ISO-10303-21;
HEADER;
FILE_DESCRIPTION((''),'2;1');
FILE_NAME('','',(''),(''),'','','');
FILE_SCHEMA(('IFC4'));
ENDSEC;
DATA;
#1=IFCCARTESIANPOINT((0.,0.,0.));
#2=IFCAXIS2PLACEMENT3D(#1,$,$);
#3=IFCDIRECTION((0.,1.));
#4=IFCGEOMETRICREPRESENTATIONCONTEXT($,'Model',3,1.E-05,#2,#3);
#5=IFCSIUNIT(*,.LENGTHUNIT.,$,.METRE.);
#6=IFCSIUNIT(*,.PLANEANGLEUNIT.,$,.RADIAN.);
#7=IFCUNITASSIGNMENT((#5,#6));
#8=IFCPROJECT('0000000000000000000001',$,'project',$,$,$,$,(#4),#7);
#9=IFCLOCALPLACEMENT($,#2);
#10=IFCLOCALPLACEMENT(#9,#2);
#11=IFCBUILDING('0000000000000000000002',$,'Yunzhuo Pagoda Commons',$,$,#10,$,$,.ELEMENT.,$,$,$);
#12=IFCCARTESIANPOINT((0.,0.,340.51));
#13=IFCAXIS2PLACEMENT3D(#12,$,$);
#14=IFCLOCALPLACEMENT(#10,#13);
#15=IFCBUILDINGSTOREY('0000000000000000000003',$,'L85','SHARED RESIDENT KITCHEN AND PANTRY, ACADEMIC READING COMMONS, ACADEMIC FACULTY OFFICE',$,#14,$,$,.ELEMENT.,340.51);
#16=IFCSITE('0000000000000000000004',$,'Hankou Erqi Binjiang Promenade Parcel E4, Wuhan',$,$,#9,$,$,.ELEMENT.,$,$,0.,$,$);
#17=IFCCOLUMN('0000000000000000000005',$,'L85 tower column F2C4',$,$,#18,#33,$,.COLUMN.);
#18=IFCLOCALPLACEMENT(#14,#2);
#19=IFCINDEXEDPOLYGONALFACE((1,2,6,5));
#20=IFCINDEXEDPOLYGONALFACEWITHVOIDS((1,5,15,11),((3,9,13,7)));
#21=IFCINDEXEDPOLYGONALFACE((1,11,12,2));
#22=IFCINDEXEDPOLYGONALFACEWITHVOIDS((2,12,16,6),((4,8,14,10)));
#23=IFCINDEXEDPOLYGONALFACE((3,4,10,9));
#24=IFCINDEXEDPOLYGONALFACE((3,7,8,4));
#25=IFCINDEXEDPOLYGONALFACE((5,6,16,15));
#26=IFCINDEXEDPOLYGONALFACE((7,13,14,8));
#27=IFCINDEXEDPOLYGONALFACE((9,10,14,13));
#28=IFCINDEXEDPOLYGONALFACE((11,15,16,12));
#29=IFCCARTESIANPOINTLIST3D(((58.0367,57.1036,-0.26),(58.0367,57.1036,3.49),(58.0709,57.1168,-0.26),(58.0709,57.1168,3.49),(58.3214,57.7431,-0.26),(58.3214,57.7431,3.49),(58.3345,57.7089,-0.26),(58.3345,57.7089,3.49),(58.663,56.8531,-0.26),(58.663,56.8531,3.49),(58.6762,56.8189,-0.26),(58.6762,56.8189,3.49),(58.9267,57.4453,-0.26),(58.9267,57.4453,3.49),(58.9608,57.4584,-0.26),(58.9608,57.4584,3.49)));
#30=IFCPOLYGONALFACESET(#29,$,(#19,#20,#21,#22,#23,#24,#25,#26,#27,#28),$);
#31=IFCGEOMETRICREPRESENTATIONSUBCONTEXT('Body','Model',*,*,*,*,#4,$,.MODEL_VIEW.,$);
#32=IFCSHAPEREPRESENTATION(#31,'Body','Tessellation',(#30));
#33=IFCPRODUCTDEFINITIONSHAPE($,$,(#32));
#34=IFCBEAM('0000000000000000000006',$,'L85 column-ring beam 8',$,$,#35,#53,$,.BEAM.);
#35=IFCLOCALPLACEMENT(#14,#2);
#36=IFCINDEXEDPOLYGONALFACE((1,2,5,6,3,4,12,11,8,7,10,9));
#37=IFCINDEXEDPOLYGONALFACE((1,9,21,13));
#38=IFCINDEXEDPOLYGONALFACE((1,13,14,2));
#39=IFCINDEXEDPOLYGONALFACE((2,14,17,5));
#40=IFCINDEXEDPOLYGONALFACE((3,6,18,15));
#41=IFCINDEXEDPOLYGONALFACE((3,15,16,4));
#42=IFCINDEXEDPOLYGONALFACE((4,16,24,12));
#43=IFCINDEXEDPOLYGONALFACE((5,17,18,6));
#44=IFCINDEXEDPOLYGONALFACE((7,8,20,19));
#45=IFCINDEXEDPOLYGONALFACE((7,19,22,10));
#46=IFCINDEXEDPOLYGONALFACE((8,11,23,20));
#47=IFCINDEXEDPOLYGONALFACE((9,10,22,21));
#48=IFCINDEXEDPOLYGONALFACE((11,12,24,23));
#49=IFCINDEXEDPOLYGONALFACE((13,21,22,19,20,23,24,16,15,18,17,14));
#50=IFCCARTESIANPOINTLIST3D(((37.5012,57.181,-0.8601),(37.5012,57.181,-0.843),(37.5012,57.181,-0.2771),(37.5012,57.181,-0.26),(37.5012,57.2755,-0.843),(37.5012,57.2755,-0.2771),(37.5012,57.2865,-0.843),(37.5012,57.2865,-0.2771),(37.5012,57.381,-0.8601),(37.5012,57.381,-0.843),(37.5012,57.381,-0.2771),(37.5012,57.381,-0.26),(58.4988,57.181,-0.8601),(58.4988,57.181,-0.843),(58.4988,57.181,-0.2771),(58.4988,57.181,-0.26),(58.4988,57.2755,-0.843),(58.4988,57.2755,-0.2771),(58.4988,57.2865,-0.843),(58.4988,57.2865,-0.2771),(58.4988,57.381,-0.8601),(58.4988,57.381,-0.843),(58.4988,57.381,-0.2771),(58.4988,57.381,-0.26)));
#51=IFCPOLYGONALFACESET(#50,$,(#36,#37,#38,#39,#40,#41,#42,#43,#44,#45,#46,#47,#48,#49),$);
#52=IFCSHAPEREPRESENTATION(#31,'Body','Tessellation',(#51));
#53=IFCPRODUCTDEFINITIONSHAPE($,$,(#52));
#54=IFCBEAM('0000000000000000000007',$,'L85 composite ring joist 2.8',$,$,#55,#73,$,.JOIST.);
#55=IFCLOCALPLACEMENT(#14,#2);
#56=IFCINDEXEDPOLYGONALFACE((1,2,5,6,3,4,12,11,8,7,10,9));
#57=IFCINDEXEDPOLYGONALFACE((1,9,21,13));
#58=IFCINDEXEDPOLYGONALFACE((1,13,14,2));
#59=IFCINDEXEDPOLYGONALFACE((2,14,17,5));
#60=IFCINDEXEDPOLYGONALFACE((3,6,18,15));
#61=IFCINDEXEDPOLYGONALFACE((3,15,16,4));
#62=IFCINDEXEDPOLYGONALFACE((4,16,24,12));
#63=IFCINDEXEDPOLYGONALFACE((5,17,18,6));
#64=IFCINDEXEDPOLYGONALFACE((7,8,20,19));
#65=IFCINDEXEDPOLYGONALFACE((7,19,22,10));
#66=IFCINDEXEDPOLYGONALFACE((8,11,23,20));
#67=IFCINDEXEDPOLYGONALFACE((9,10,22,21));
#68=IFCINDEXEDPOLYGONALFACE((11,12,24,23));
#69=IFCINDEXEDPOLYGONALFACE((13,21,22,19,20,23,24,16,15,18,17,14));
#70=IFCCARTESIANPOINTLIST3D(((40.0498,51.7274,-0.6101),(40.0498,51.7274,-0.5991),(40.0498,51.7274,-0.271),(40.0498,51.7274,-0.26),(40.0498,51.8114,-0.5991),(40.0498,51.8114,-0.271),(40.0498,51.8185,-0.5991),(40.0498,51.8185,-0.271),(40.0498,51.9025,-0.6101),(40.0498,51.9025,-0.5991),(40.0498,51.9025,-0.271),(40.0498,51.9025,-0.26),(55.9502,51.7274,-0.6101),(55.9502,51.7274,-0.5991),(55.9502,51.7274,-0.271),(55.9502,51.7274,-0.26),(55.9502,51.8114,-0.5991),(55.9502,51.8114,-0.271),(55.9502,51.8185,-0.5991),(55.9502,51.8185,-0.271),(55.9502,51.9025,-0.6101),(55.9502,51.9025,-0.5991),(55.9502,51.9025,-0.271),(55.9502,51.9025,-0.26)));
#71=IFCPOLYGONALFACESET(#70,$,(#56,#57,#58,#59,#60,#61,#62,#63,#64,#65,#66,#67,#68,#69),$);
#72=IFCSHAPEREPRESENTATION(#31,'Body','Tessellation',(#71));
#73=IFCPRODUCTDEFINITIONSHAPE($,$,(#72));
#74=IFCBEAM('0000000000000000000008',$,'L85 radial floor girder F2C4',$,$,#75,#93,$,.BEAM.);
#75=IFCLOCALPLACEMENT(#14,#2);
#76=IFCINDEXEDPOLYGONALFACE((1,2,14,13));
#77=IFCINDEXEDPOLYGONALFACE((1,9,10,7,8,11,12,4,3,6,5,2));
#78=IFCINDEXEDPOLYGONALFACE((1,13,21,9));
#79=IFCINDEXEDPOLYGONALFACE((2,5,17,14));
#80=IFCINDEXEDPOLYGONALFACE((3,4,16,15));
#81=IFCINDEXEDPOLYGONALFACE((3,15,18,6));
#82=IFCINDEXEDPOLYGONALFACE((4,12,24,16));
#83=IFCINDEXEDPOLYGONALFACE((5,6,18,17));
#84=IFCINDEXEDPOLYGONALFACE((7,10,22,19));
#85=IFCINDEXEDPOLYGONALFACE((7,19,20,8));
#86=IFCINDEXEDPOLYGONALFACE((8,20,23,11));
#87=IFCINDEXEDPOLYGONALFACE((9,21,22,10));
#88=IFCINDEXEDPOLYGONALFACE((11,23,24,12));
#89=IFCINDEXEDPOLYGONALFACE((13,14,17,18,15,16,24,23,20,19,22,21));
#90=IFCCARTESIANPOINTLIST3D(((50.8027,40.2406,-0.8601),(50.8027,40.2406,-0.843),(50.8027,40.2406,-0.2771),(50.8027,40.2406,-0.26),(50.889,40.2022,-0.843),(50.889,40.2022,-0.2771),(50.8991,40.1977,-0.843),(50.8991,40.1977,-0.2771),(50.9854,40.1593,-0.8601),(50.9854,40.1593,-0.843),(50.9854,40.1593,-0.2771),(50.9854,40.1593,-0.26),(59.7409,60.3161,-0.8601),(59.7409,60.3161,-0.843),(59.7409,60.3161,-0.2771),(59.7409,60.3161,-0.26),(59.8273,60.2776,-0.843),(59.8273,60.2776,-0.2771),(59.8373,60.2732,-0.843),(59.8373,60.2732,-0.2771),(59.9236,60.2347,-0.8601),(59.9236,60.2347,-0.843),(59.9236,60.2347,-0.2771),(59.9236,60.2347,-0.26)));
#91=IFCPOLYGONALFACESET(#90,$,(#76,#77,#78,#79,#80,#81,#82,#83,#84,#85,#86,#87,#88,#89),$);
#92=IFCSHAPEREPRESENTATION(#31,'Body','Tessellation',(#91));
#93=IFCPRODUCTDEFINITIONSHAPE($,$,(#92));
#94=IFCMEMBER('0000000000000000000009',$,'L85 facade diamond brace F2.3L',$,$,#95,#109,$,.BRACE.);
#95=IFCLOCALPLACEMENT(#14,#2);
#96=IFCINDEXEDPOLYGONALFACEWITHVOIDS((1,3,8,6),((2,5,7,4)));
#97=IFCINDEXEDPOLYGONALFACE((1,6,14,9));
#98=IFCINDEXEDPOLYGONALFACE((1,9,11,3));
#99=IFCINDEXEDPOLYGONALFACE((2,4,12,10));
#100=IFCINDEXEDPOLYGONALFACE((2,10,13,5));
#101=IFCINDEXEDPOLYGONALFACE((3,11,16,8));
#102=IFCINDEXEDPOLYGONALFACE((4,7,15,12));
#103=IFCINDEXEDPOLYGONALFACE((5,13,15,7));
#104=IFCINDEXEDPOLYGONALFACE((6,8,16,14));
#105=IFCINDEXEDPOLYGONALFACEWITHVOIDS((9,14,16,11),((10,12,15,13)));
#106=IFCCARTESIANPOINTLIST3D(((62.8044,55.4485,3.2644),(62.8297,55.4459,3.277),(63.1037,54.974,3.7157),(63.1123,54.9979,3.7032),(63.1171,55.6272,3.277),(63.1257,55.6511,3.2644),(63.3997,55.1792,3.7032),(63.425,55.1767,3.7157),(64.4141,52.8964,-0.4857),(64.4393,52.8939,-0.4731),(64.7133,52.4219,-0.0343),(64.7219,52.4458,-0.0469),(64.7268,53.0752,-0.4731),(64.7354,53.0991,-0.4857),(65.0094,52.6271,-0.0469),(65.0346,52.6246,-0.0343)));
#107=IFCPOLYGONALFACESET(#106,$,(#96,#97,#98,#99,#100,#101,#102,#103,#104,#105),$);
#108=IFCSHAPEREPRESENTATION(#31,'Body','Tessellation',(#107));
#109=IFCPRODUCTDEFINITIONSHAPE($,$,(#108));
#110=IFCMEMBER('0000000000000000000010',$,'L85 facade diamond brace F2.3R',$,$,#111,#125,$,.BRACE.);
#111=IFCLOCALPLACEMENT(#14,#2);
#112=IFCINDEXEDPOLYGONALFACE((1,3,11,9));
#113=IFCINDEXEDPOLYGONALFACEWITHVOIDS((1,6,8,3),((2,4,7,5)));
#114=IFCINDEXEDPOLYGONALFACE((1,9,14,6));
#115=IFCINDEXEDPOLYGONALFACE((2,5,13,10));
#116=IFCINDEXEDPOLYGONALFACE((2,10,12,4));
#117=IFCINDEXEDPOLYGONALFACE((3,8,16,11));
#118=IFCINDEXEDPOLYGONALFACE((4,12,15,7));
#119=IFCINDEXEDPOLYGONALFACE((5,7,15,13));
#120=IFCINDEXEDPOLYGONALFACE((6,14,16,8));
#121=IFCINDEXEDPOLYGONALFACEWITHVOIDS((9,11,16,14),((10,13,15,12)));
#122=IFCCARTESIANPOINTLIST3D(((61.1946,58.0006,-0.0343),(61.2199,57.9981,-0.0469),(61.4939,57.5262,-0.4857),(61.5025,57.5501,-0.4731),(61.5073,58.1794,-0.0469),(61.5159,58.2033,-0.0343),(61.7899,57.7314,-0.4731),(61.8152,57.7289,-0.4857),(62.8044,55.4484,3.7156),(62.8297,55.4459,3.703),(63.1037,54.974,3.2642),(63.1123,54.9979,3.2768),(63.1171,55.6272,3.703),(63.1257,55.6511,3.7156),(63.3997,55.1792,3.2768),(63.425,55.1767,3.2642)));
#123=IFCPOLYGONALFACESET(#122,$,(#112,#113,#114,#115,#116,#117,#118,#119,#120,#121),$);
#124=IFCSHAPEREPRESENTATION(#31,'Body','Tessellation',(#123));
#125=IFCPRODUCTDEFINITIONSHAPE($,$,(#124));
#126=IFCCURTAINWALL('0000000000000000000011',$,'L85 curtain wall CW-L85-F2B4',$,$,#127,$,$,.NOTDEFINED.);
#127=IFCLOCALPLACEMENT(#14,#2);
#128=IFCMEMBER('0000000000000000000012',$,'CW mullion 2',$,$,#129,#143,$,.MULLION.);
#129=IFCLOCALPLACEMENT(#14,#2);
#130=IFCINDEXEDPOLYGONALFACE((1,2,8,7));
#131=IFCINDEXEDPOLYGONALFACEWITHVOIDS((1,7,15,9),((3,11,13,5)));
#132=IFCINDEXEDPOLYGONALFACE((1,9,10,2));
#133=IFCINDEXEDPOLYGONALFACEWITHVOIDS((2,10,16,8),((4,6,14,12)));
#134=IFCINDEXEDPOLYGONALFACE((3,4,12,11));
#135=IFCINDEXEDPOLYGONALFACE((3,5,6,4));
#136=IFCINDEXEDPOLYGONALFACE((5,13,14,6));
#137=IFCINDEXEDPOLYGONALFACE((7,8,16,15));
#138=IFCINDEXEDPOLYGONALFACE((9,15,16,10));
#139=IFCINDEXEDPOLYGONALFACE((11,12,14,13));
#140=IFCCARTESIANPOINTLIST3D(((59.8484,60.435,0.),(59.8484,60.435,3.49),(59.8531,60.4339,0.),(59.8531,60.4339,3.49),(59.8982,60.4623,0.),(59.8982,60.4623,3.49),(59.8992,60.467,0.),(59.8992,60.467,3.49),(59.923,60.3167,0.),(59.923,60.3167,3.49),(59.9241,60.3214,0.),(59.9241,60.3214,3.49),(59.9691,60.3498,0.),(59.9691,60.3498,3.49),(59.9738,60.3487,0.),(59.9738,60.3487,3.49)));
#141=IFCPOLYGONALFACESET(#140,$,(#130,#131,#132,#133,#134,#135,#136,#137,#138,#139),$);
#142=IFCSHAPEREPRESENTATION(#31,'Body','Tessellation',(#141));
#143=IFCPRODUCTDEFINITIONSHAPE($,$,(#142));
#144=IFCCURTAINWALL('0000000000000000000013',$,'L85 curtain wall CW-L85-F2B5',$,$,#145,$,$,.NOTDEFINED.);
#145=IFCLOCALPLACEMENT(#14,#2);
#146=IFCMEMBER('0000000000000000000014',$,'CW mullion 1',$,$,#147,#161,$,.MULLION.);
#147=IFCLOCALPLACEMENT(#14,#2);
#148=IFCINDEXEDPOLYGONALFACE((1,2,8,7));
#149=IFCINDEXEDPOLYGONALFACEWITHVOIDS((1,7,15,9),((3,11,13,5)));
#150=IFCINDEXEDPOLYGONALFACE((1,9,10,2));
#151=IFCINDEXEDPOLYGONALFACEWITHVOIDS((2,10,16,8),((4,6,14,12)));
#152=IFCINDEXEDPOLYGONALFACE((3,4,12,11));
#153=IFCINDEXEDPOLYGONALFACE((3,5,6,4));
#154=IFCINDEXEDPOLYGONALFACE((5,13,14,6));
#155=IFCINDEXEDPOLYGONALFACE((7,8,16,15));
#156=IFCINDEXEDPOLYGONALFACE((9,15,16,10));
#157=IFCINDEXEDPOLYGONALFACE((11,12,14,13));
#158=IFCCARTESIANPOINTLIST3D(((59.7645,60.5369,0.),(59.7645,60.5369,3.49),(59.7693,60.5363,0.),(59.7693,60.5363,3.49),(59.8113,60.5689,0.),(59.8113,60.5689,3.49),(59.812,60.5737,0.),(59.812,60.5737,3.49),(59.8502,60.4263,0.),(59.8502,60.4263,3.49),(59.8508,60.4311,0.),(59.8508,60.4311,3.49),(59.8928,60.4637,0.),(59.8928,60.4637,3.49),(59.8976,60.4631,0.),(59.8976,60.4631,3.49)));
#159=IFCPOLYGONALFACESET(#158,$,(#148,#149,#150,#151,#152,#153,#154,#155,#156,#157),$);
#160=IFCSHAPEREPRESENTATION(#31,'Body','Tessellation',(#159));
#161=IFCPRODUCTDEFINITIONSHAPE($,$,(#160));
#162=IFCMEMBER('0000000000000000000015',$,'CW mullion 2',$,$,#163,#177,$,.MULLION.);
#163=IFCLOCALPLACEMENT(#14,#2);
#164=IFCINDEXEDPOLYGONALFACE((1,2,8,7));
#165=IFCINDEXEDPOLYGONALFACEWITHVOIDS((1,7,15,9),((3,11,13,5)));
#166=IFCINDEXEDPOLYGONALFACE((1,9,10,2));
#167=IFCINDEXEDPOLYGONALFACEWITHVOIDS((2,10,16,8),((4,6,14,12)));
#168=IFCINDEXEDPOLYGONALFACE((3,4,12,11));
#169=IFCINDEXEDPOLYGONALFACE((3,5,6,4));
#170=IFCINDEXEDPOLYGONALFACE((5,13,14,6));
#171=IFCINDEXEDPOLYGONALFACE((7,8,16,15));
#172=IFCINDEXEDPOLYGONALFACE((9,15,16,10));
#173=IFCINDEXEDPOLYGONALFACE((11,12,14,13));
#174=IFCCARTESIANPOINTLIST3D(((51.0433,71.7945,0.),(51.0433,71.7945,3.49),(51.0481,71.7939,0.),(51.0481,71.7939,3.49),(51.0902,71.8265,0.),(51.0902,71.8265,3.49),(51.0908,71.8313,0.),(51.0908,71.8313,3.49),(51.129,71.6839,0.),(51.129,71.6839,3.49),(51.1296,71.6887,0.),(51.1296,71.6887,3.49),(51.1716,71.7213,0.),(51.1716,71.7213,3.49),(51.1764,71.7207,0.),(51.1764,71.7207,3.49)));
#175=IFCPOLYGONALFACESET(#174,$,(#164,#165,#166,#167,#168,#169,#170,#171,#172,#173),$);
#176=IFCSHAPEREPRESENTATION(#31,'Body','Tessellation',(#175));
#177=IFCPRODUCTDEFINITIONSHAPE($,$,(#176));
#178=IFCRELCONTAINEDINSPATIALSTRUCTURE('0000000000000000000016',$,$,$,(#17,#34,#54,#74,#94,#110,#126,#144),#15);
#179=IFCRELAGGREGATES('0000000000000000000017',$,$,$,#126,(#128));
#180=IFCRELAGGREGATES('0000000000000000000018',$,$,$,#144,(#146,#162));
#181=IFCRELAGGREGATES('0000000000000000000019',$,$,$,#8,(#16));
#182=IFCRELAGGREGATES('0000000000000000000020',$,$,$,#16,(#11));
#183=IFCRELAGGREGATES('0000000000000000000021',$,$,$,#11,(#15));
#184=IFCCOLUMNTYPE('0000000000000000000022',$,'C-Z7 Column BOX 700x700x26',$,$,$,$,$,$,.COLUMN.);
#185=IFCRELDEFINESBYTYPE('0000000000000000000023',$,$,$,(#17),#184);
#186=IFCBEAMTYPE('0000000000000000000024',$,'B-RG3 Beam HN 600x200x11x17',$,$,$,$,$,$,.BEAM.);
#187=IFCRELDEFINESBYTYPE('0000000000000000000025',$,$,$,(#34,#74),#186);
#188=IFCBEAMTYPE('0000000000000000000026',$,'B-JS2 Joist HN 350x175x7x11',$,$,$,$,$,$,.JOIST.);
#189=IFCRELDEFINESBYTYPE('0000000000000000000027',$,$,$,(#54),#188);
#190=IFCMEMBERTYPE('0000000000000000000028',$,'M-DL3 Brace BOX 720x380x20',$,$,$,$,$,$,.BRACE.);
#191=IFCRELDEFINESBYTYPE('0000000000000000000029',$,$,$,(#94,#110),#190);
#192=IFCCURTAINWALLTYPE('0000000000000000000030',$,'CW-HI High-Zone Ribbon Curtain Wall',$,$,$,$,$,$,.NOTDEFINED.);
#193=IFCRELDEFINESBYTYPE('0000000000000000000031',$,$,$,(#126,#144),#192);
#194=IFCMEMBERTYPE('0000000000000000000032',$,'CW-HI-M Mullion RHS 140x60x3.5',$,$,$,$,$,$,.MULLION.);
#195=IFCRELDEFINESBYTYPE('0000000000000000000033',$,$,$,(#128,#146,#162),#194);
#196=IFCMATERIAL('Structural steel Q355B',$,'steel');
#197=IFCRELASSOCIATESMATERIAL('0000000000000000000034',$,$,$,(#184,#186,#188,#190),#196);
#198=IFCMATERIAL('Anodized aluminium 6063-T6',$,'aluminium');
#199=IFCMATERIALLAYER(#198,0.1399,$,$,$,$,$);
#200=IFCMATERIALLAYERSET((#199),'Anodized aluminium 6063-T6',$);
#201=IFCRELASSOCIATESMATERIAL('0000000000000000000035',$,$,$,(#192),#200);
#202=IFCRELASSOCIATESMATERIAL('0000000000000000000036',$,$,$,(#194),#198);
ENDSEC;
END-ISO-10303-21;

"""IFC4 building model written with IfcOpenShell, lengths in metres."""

from ifc_helpers import new_model, si_unit, direction, frame, origin, origin_2d, place, context, subcontext, project, spatial, hollow_rectangle, i_section, extrude, source, transform, mapped, material, layer, layer_set, material_profile, profile_set, type_object, element, aggregate, save


model = new_model("IFC4")

# Units and contexts
model_context = context("Model", 3, precision=1e-05, world=origin(), true_north=direction((0.0, 1.0)))
body_context = subcontext(model_context, "Body", "Model", "MODEL_VIEW")
ifc_project = project(units=[si_unit("LENGTHUNIT", "METRE"), si_unit("PLANEANGLEUNIT", "RADIAN")], contexts=[model_context])

# Site, building, storey
site_placement = place(None, origin())
site = spatial("IfcSite", under=ifc_project, at=site_placement, Name="Hankou Erqi Binjiang Promenade Parcel E4, Wuhan", CompositionType="ELEMENT", RefElevation=0.0)
building_placement = place(site_placement, origin())
building = spatial("IfcBuilding", under=site, at=building_placement, Name="Yunzhuo Pagoda Commons", CompositionType="ELEMENT")
storey_placement = place(building_placement, frame((0.0, 0.0, 340.51)))
storey = spatial("IfcBuildingStorey", under=building, at=storey_placement, Name="L85", Description="SHARED RESIDENT KITCHEN AND PANTRY, ACADEMIC READING COMMONS, ACADEMIC FACULTY OFFICE", CompositionType="ELEMENT", Elevation=340.51)

# Column
ifc_material_1 = material(Name="Structural steel Q355B", Category="steel")
ifc_material_profile_1 = material_profile(ifc_material_1, hollow_rectangle(XDim=0.7, YDim=0.7, WallThickness=0.0259, at=origin_2d()), Name="Structural steel Q355B")
ifc_profile_set_1 = profile_set([ifc_material_profile_1], Name="Structural steel Q355B")
column_type = type_object("IfcColumnType", Name="C-Z7 Column BOX 700x700x26", PredefinedType="COLUMN", material=ifc_profile_set_1)
shared_shape_1 = source(origin(), body_context, "Body", "SweptSolid", [
    extrude(hollow_rectangle(XDim=0.7, YDim=0.7, WallThickness=0.0259, at=origin_2d()), origin(), (0.0, 0.0, 1.0), 3.75),
])
column_placement = place(storey_placement, frame((58.4988, 57.281, -0.26), z_axis=(0.0, 0.0, 1.0), x_axis=(-0.913545, 0.406737, 0.0)))
element("IfcColumn", 1, at=column_placement, inside=storey, type_object=column_type, Name="L85 tower column F2C4", PredefinedType="COLUMN", context=body_context, shape_type="MappedRepresentation", body=[
    mapped(shared_shape_1, transform((0.0, 0.0, 0.0), scale=1.0)),
])

# Beams
ifc_material_profile_2 = material_profile(ifc_material_1, i_section(OverallWidth=0.2, OverallDepth=0.6001, WebThickness=0.011, FlangeThickness=0.0171, at=origin_2d()), Name="Structural steel Q355B")
ifc_profile_set_2 = profile_set([ifc_material_profile_2], Name="Structural steel Q355B")
beam_type_1 = type_object("IfcBeamType", Name="B-RG3 Beam HN 600x200x11x17", PredefinedType="BEAM", material=ifc_profile_set_2)
shared_shape_2 = source(origin(), body_context, "Body", "SweptSolid", [
    extrude(i_section(OverallWidth=0.2, OverallDepth=0.6001, WebThickness=0.011, FlangeThickness=0.0171, at=origin_2d()), origin(), (0.0, 0.0, 1.0), 20.9976),
])
beam_1_placement = place(storey_placement, frame((58.4988, 57.281, -0.5601), z_axis=(-1.0, 0.0, 0.0), x_axis=(0.0, -1.0, 0.0)))
element("IfcBeam", 2, at=beam_1_placement, inside=storey, type_object=beam_type_1, Name="L85 column-ring beam 8", PredefinedType="BEAM", context=body_context, shape_type="MappedRepresentation", body=[
    mapped(shared_shape_2, transform((0.0, 0.0, 0.0), scale=1.0)),
])
ifc_material_profile_3 = material_profile(ifc_material_1, i_section(OverallWidth=0.175, OverallDepth=0.3501, WebThickness=0.0071, FlangeThickness=0.011, at=origin_2d()), Name="Structural steel Q355B")
ifc_profile_set_3 = profile_set([ifc_material_profile_3], Name="Structural steel Q355B")
beam_type_2 = type_object("IfcBeamType", Name="B-JS2 Joist HN 350x175x7x11", PredefinedType="JOIST", material=ifc_profile_set_3)
shared_shape_3 = source(origin(), body_context, "Body", "SweptSolid", [
    extrude(i_section(OverallWidth=0.175, OverallDepth=0.3501, WebThickness=0.0071, FlangeThickness=0.011, at=origin_2d()), origin(), (0.0, 0.0, 1.0), 15.9004),
])
beam_2_placement = place(storey_placement, frame((55.9502, 51.8149, -0.4351), z_axis=(-1.0, 0.0, 0.0), x_axis=(0.0, -1.0, 0.0)))
element("IfcBeam", 3, at=beam_2_placement, inside=storey, type_object=beam_type_2, Name="L85 composite ring joist 2.8", PredefinedType="JOIST", context=body_context, shape_type="MappedRepresentation", body=[
    mapped(shared_shape_3, transform((0.0, 0.0, 0.0), scale=1.0)),
])
shared_shape_4 = source(origin(), body_context, "Body", "SweptSolid", [
    extrude(i_section(OverallWidth=0.2, OverallDepth=0.6001, WebThickness=0.011, FlangeThickness=0.0171, at=origin_2d()), origin(), (0.0, 0.0, 1.0), 21.9753),
])
beam_3_placement = place(storey_placement, frame((59.8323, 60.2754, -0.5601), z_axis=(-0.406739, -0.913544, 0.0), x_axis=(0.913544, -0.406739, 0.0)))
element("IfcBeam", 4, at=beam_3_placement, inside=storey, type_object=beam_type_1, Name="L85 radial floor girder F2C4", PredefinedType="BEAM", context=body_context, shape_type="MappedRepresentation", body=[
    mapped(shared_shape_4, transform((0.0, 0.0, 0.0), scale=1.0)),
])

# Members
ifc_material_profile_4 = material_profile(ifc_material_1, hollow_rectangle(XDim=0.3799, YDim=0.72, WallThickness=0.02, at=origin_2d()), Name="Structural steel Q355B")
ifc_profile_set_4 = profile_set([ifc_material_profile_4], Name="Structural steel Q355B")
member_type_1 = type_object("IfcMemberType", Name="M-DL3 Brace BOX 720x380x20", PredefinedType="BRACE", material=ifc_profile_set_4)
shared_shape_5 = source(origin(), body_context, "Body", "SweptSolid", [
    extrude(hollow_rectangle(XDim=0.3799, YDim=0.72, WallThickness=0.02, at=origin_2d()), origin(), (0.0, 0.0, 1.0), 4.8132),
])
for number, where, z_axis, x_axis, name in (
    (5, (64.7244, 52.7605, -0.26), (-0.334423, 0.530218, 0.779121), (-0.845814, -0.533478, 0.0), "L85 facade diamond brace F2.3L"),
    (6, (61.5049, 57.8647, -0.26), (0.33446, -0.530246, 0.779087), (0.8458, 0.5335, 0.0), "L85 facade diamond brace F2.3R"),
):
    element("IfcMember", number, at=place(storey_placement, frame(where, z_axis=z_axis, x_axis=x_axis)), inside=storey, type_object=member_type_1, Name=name, PredefinedType="BRACE", context=body_context, shape_type="MappedRepresentation", body=[
        mapped(shared_shape_5, transform((0.0, 0.0, 0.0), scale=1.0)),
    ])

# Curtain wall, member
ifc_material_2 = material(Name="Anodized aluminium 6063-T6", Category="aluminium")
ifc_layer_1 = layer(ifc_material_2, 0.1399)
ifc_layer_set_1 = layer_set([ifc_layer_1], Name="Anodized aluminium 6063-T6")
curtain_wall_type = type_object("IfcCurtainWallType", Name="CW-HI High-Zone Ribbon Curtain Wall", PredefinedType="NOTDEFINED", material=ifc_layer_set_1)
curtain_wall_1_placement = place(storey_placement, origin())
curtain_wall_1 = element("IfcCurtainWall", 7, at=curtain_wall_1_placement, inside=storey, type_object=curtain_wall_type, Name="L85 curtain wall CW-L85-F2B4", PredefinedType="NOTDEFINED")
ifc_material_profile_5 = material_profile(ifc_material_2, hollow_rectangle(XDim=0.0601, YDim=0.1399, WallThickness=0.0034, at=origin_2d()), Name="Anodized aluminium 6063-T6")
ifc_profile_set_5 = profile_set([ifc_material_profile_5], Name="Anodized aluminium 6063-T6")
member_type_2 = type_object("IfcMemberType", Name="CW-HI-M Mullion RHS 140x60x3.5", PredefinedType="MULLION", material=ifc_profile_set_5)
shared_shape_6 = source(origin(), body_context, "Body", "SweptSolid", [
    extrude(hollow_rectangle(XDim=0.0601, YDim=0.1399, WallThickness=0.0034, at=origin_2d()), origin(), (0.0, 0.0, 1.0), 3.49),
])
member_1_placement = place(storey_placement, frame((59.9111, 60.3918, 0.0), z_axis=(0.0, 0.0, 1.0), x_axis=(-0.845818, -0.533472, 0.0)))
member_1 = element("IfcMember", 8, at=member_1_placement, type_object=member_type_2, Name="CW mullion 2", PredefinedType="MULLION", context=body_context, shape_type="MappedRepresentation", body=[
    mapped(shared_shape_6, transform((0.0, 0.0, 0.0), scale=1.0)),
])

# Curtain wall, members
curtain_wall_2_placement = place(storey_placement, origin())
curtain_wall_2 = element("IfcCurtainWall", 9, at=curtain_wall_2_placement, inside=storey, type_object=curtain_wall_type, Name="L85 curtain wall CW-L85-F2B5", PredefinedType="NOTDEFINED")
member_2_placement = place(storey_placement, frame((59.8311, 60.5, 0.0), z_axis=(0.0, 0.0, 1.0), x_axis=(-0.790527, -0.612427, 0.0)))
member_2 = element("IfcMember", 10, at=member_2_placement, type_object=member_type_2, Name="CW mullion 1", PredefinedType="MULLION", context=body_context, shape_type="MappedRepresentation", body=[
    mapped(shared_shape_6, transform((0.0, 0.0, 0.0), scale=1.0)),
])
member_3_placement = place(storey_placement, frame((51.1099, 71.7576, 0.0), z_axis=(0.0, 0.0, 1.0), x_axis=(-0.790527, -0.612427, 0.0)))
member_3 = element("IfcMember", 11, at=member_3_placement, type_object=member_type_2, Name="CW mullion 2", PredefinedType="MULLION", context=body_context, shape_type="MappedRepresentation", body=[
    mapped(shared_shape_6, transform((0.0, 0.0, 0.0), scale=1.0)),
])

aggregate(curtain_wall_1, [member_1])
aggregate(curtain_wall_2, [member_2, member_3])

save(model, "model.ifc")
